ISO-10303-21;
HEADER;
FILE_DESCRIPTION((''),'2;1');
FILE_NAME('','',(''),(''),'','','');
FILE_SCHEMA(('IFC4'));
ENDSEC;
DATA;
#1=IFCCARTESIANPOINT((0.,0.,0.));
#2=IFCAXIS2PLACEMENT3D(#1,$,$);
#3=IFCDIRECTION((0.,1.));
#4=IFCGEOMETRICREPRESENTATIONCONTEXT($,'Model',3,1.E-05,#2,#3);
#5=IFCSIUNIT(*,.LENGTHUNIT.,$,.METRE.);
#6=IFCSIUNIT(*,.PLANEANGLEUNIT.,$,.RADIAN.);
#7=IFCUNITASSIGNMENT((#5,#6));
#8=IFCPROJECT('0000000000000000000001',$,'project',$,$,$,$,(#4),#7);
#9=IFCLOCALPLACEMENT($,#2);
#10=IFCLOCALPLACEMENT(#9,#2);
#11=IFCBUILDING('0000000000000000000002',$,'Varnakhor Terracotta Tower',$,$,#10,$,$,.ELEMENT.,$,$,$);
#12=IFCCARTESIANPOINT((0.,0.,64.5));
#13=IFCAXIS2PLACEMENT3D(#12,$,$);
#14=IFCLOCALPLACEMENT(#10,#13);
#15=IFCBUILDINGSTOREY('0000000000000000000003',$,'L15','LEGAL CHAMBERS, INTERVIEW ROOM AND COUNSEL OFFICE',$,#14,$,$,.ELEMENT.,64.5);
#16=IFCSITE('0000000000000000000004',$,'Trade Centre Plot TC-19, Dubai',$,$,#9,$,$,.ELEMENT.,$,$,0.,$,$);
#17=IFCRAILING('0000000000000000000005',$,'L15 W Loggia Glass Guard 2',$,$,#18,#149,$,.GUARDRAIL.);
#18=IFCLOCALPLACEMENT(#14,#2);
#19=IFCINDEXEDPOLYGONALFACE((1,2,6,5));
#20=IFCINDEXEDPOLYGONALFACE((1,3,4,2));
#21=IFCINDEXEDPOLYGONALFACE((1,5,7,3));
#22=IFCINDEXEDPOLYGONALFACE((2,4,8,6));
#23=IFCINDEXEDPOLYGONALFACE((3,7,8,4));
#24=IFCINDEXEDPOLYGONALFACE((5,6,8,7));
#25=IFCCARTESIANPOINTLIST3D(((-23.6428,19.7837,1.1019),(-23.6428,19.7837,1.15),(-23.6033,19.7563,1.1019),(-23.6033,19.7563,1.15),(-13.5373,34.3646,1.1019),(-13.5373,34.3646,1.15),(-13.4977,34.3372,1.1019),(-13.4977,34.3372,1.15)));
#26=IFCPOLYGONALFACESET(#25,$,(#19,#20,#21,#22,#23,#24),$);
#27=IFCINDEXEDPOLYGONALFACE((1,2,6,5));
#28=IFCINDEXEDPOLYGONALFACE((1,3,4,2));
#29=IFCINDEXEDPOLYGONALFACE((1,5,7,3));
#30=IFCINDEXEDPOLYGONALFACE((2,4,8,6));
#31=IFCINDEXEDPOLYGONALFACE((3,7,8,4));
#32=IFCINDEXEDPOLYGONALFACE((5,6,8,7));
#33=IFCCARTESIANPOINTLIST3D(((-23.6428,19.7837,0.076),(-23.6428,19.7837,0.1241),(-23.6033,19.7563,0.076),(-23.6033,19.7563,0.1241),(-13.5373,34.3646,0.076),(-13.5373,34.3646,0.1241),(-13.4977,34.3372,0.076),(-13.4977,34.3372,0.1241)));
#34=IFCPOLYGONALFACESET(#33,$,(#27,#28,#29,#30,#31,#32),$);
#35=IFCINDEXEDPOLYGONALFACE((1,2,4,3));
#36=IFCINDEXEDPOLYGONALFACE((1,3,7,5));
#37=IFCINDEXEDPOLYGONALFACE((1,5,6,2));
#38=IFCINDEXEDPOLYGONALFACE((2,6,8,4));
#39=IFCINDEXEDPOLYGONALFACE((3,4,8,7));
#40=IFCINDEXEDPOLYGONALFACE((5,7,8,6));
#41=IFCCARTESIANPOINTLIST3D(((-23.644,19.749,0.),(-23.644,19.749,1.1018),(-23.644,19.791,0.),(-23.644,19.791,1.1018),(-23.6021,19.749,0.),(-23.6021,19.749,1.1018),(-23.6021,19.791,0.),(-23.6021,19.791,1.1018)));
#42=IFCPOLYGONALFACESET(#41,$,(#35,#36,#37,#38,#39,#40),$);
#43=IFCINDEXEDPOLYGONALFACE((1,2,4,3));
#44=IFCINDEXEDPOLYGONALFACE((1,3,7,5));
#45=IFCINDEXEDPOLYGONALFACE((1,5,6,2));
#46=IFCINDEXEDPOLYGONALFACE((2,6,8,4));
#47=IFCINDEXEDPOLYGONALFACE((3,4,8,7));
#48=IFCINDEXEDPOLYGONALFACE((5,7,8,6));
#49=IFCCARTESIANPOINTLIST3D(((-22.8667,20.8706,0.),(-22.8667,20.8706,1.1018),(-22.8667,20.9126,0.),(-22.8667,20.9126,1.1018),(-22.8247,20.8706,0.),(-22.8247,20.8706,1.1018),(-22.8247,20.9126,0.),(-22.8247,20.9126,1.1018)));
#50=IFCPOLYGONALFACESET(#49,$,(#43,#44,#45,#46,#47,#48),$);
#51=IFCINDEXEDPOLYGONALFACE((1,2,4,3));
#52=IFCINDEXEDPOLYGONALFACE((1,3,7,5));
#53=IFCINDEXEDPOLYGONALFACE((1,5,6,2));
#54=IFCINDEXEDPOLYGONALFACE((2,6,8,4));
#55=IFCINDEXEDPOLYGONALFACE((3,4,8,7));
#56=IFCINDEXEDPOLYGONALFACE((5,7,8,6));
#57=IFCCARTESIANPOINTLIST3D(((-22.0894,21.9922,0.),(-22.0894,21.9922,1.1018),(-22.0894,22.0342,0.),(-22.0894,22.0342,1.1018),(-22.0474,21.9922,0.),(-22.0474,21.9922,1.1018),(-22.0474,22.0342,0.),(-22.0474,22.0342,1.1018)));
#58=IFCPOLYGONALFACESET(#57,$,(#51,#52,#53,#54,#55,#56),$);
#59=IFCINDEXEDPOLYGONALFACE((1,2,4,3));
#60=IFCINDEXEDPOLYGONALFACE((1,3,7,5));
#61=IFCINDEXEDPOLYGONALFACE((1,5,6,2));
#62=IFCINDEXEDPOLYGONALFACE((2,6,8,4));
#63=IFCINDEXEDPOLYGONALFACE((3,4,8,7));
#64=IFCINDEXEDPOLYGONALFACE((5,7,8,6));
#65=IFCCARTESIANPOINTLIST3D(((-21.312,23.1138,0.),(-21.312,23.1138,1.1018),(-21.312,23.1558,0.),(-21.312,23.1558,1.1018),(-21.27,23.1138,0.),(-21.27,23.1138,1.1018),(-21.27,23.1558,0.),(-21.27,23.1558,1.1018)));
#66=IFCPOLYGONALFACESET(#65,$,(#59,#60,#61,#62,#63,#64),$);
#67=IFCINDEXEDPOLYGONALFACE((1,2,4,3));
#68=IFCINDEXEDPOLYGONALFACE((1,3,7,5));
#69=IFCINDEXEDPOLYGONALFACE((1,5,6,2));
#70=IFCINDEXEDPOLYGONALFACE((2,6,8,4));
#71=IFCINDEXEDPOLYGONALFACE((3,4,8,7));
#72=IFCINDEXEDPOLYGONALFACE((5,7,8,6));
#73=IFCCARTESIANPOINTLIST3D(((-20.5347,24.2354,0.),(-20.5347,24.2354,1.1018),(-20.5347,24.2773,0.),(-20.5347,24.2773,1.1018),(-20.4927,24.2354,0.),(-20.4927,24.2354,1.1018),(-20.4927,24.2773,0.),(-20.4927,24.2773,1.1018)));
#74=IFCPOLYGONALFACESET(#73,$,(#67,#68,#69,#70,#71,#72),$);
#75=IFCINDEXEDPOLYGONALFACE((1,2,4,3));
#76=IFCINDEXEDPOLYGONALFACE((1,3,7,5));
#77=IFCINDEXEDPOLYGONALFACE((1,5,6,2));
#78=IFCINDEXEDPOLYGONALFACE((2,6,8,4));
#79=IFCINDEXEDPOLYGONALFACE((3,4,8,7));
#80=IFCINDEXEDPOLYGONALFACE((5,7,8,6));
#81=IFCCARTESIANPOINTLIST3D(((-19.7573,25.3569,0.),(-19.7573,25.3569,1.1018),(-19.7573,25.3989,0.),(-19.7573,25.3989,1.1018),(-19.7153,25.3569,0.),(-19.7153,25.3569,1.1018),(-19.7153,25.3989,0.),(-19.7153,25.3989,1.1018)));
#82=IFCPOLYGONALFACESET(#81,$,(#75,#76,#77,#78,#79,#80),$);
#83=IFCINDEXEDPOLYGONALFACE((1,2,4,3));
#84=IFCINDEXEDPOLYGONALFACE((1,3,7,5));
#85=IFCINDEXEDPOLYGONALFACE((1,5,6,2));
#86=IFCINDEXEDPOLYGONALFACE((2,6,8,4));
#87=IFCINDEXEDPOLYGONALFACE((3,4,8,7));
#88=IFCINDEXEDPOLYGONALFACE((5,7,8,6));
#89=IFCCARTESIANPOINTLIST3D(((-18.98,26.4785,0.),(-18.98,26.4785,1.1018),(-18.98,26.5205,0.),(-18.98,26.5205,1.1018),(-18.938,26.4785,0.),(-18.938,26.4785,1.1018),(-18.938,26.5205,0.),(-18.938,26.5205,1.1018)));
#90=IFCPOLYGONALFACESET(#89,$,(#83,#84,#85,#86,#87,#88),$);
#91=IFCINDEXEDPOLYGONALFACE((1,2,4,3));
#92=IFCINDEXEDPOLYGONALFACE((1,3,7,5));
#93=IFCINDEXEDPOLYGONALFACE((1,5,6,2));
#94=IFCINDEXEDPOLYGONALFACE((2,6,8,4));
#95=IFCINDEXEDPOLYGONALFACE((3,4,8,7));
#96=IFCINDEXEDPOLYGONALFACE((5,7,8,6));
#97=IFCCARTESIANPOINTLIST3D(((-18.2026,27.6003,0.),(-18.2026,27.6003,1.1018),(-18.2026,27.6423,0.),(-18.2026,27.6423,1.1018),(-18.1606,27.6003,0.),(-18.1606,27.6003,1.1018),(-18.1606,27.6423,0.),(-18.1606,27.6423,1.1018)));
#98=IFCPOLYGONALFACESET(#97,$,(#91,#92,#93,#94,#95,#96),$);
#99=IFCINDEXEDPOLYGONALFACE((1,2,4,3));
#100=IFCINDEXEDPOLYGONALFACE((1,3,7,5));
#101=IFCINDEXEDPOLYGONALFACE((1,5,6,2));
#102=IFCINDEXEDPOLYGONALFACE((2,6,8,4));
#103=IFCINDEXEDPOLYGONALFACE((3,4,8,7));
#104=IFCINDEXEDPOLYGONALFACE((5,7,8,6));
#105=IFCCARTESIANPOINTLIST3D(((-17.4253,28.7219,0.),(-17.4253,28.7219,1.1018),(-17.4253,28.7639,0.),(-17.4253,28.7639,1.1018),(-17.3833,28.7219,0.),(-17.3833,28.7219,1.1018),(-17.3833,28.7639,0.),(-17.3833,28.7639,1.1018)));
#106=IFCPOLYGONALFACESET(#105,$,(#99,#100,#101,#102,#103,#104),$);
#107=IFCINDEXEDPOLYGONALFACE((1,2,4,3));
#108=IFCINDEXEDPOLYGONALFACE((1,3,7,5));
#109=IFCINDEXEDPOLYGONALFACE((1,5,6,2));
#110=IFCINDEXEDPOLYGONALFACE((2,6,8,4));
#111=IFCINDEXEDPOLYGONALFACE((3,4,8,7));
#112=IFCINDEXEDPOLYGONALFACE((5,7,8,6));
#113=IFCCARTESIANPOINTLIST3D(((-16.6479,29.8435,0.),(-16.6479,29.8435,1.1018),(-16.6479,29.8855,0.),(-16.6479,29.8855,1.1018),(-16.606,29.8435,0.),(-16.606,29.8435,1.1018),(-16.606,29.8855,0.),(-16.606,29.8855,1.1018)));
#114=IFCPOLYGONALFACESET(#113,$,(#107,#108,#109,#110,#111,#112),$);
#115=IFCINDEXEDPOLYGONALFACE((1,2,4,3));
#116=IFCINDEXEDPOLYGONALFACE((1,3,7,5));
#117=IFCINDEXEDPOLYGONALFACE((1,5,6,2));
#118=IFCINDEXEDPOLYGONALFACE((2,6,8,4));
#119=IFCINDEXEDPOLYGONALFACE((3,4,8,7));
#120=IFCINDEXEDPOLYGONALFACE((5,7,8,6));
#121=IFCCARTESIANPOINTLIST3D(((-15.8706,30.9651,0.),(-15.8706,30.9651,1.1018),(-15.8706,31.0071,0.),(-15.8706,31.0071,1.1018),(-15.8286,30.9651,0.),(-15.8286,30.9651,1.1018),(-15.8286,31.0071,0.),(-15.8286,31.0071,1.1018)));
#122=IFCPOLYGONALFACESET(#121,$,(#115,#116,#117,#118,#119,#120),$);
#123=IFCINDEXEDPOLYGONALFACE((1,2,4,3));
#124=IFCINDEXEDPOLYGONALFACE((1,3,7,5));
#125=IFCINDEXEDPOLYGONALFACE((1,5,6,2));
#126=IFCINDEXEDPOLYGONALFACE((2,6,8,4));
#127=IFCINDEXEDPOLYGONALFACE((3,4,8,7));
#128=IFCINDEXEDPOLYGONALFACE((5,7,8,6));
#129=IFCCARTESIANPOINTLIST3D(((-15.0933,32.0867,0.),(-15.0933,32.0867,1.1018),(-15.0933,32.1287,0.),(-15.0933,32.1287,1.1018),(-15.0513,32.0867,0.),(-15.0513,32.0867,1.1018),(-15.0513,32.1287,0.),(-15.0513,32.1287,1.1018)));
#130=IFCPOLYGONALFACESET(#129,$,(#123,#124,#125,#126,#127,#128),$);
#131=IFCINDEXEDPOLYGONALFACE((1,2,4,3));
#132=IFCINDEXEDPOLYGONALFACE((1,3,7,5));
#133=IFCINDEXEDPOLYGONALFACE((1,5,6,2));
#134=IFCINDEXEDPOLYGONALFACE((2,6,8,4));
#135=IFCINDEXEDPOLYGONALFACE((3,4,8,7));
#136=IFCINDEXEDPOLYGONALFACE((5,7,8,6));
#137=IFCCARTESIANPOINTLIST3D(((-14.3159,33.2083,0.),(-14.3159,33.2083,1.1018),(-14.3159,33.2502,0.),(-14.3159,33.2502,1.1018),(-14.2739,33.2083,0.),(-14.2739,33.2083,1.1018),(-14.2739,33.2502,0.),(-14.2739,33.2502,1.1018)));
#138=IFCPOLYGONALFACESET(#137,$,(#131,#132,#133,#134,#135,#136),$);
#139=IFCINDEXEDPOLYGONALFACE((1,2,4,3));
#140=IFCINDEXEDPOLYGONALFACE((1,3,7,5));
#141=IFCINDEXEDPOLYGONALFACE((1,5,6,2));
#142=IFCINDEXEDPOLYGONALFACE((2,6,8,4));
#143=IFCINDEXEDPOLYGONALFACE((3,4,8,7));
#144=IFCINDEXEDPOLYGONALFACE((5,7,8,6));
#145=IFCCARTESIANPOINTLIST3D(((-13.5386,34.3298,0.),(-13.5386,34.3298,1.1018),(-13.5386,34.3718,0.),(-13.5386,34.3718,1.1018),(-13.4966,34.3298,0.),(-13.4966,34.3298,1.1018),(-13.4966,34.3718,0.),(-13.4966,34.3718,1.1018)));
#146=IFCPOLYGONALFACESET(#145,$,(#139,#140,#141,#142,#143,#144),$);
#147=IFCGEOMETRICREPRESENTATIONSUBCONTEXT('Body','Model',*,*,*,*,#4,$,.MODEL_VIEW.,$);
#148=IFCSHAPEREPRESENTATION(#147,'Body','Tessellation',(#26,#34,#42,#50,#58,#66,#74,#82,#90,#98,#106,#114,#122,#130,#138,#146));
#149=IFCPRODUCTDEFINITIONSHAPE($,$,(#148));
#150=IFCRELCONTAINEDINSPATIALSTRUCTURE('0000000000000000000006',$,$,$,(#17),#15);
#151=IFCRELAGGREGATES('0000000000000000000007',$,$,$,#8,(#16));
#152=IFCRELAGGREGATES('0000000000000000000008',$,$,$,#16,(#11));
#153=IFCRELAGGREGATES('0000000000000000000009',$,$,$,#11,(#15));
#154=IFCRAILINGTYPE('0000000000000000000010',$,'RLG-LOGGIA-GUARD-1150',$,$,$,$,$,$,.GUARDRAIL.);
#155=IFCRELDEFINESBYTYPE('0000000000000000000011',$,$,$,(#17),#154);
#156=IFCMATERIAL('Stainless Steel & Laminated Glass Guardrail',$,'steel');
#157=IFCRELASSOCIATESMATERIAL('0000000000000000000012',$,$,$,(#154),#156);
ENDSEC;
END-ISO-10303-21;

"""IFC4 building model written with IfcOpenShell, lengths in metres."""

from ifc_helpers import new_model, si_unit, direction, frame, origin, origin_2d, place, context, subcontext, project, spatial, rectangle, extrude, material, type_object, element, save


model = new_model("IFC4")

# Units and contexts
model_context = context("Model", 3, precision=1e-05, world=origin(), true_north=direction((0.0, 1.0)))
body_context = subcontext(model_context, "Body", "Model", "MODEL_VIEW")
ifc_project = project(units=[si_unit("LENGTHUNIT", "METRE"), si_unit("PLANEANGLEUNIT", "RADIAN")], contexts=[model_context])

# Site, building, storey
site_placement = place(None, origin())
site = spatial("IfcSite", under=ifc_project, at=site_placement, Name="Trade Centre Plot TC-19, Dubai", CompositionType="ELEMENT", RefElevation=0.0)
building_placement = place(site_placement, origin())
building = spatial("IfcBuilding", under=site, at=building_placement, Name="Varnakhor Terracotta Tower", CompositionType="ELEMENT")
storey_placement = place(building_placement, frame((0.0, 0.0, 64.5)))
storey = spatial("IfcBuildingStorey", under=building, at=storey_placement, Name="L15", Description="LEGAL CHAMBERS, INTERVIEW ROOM AND COUNSEL OFFICE", CompositionType="ELEMENT", Elevation=64.5)

# Railing
ifc_material_1 = material(Name="Stainless Steel & Laminated Glass Guardrail", Category="steel")
railing_type = type_object("IfcRailingType", Name="RLG-LOGGIA-GUARD-1150", PredefinedType="GUARDRAIL", material=ifc_material_1)
railing_1_placement = place(storey_placement, frame((-23.623, 19.77, 0.0)))
element("IfcRailing", 1, at=railing_1_placement, inside=storey, type_object=railing_type, Name="L15 W Loggia Glass Guard 2", PredefinedType="GUARDRAIL", context=body_context, shape_type="SweptSolid", body=[
    extrude(rectangle(XDim=0.0481, YDim=0.0481, at=origin_2d()), frame((0.0, 0.0, 1.126), z_axis=(0.569631, 0.8219, 0.0), x_axis=(-0.8219, 0.569631, 0.0)), (0.0, 0.0, 1.0), 17.7405),
    extrude(rectangle(XDim=0.0481, YDim=0.0481, at=origin_2d()), frame((0.0, 0.0, 0.1001), z_axis=(0.569631, 0.8219, 0.0), x_axis=(-0.8219, 0.569631, 0.0)), (0.0, 0.0, 1.0), 17.7405),
    extrude(rectangle(XDim=0.042, YDim=0.042, at=origin_2d()), origin(), (0.0, 0.0, 1.0), 1.1018),
    extrude(rectangle(XDim=0.042, YDim=0.042, at=origin_2d()), frame((0.7773, 1.1216, 0.0)), (0.0, 0.0, 1.0), 1.1018),
    extrude(rectangle(XDim=0.042, YDim=0.042, at=origin_2d()), frame((1.5547, 2.2432, 0.0)), (0.0, 0.0, 1.0), 1.1018),
    extrude(rectangle(XDim=0.042, YDim=0.042, at=origin_2d()), frame((2.332, 3.3647, 0.0)), (0.0, 0.0, 1.0), 1.1018),
    extrude(rectangle(XDim=0.042, YDim=0.042, at=origin_2d()), frame((3.1094, 4.4863, 0.0)), (0.0, 0.0, 1.0), 1.1018),
    extrude(rectangle(XDim=0.042, YDim=0.042, at=origin_2d()), frame((3.8867, 5.6079, 0.0)), (0.0, 0.0, 1.0), 1.1018),
    extrude(rectangle(XDim=0.042, YDim=0.042, at=origin_2d()), frame((4.6641, 6.7295, 0.0)), (0.0, 0.0, 1.0), 1.1018),
    extrude(rectangle(XDim=0.042, YDim=0.042, at=origin_2d()), frame((5.4414, 7.8513, 0.0)), (0.0, 0.0, 1.0), 1.1018),
    extrude(rectangle(XDim=0.042, YDim=0.042, at=origin_2d()), frame((6.2188, 8.9729, 0.0)), (0.0, 0.0, 1.0), 1.1018),
    extrude(rectangle(XDim=0.042, YDim=0.042, at=origin_2d()), frame((6.9961, 10.0945, 0.0)), (0.0, 0.0, 1.0), 1.1018),
    extrude(rectangle(XDim=0.042, YDim=0.042, at=origin_2d()), frame((7.7734, 11.2161, 0.0)), (0.0, 0.0, 1.0), 1.1018),
    extrude(rectangle(XDim=0.042, YDim=0.042, at=origin_2d()), frame((8.5508, 12.3376, 0.0)), (0.0, 0.0, 1.0), 1.1018),
    extrude(rectangle(XDim=0.042, YDim=0.042, at=origin_2d()), frame((9.3281, 13.4592, 0.0)), (0.0, 0.0, 1.0), 1.1018),
    extrude(rectangle(XDim=0.042, YDim=0.042, at=origin_2d()), frame((10.1055, 14.5808, 0.0)), (0.0, 0.0, 1.0), 1.1018),
])

save(model, "model.ifc")
